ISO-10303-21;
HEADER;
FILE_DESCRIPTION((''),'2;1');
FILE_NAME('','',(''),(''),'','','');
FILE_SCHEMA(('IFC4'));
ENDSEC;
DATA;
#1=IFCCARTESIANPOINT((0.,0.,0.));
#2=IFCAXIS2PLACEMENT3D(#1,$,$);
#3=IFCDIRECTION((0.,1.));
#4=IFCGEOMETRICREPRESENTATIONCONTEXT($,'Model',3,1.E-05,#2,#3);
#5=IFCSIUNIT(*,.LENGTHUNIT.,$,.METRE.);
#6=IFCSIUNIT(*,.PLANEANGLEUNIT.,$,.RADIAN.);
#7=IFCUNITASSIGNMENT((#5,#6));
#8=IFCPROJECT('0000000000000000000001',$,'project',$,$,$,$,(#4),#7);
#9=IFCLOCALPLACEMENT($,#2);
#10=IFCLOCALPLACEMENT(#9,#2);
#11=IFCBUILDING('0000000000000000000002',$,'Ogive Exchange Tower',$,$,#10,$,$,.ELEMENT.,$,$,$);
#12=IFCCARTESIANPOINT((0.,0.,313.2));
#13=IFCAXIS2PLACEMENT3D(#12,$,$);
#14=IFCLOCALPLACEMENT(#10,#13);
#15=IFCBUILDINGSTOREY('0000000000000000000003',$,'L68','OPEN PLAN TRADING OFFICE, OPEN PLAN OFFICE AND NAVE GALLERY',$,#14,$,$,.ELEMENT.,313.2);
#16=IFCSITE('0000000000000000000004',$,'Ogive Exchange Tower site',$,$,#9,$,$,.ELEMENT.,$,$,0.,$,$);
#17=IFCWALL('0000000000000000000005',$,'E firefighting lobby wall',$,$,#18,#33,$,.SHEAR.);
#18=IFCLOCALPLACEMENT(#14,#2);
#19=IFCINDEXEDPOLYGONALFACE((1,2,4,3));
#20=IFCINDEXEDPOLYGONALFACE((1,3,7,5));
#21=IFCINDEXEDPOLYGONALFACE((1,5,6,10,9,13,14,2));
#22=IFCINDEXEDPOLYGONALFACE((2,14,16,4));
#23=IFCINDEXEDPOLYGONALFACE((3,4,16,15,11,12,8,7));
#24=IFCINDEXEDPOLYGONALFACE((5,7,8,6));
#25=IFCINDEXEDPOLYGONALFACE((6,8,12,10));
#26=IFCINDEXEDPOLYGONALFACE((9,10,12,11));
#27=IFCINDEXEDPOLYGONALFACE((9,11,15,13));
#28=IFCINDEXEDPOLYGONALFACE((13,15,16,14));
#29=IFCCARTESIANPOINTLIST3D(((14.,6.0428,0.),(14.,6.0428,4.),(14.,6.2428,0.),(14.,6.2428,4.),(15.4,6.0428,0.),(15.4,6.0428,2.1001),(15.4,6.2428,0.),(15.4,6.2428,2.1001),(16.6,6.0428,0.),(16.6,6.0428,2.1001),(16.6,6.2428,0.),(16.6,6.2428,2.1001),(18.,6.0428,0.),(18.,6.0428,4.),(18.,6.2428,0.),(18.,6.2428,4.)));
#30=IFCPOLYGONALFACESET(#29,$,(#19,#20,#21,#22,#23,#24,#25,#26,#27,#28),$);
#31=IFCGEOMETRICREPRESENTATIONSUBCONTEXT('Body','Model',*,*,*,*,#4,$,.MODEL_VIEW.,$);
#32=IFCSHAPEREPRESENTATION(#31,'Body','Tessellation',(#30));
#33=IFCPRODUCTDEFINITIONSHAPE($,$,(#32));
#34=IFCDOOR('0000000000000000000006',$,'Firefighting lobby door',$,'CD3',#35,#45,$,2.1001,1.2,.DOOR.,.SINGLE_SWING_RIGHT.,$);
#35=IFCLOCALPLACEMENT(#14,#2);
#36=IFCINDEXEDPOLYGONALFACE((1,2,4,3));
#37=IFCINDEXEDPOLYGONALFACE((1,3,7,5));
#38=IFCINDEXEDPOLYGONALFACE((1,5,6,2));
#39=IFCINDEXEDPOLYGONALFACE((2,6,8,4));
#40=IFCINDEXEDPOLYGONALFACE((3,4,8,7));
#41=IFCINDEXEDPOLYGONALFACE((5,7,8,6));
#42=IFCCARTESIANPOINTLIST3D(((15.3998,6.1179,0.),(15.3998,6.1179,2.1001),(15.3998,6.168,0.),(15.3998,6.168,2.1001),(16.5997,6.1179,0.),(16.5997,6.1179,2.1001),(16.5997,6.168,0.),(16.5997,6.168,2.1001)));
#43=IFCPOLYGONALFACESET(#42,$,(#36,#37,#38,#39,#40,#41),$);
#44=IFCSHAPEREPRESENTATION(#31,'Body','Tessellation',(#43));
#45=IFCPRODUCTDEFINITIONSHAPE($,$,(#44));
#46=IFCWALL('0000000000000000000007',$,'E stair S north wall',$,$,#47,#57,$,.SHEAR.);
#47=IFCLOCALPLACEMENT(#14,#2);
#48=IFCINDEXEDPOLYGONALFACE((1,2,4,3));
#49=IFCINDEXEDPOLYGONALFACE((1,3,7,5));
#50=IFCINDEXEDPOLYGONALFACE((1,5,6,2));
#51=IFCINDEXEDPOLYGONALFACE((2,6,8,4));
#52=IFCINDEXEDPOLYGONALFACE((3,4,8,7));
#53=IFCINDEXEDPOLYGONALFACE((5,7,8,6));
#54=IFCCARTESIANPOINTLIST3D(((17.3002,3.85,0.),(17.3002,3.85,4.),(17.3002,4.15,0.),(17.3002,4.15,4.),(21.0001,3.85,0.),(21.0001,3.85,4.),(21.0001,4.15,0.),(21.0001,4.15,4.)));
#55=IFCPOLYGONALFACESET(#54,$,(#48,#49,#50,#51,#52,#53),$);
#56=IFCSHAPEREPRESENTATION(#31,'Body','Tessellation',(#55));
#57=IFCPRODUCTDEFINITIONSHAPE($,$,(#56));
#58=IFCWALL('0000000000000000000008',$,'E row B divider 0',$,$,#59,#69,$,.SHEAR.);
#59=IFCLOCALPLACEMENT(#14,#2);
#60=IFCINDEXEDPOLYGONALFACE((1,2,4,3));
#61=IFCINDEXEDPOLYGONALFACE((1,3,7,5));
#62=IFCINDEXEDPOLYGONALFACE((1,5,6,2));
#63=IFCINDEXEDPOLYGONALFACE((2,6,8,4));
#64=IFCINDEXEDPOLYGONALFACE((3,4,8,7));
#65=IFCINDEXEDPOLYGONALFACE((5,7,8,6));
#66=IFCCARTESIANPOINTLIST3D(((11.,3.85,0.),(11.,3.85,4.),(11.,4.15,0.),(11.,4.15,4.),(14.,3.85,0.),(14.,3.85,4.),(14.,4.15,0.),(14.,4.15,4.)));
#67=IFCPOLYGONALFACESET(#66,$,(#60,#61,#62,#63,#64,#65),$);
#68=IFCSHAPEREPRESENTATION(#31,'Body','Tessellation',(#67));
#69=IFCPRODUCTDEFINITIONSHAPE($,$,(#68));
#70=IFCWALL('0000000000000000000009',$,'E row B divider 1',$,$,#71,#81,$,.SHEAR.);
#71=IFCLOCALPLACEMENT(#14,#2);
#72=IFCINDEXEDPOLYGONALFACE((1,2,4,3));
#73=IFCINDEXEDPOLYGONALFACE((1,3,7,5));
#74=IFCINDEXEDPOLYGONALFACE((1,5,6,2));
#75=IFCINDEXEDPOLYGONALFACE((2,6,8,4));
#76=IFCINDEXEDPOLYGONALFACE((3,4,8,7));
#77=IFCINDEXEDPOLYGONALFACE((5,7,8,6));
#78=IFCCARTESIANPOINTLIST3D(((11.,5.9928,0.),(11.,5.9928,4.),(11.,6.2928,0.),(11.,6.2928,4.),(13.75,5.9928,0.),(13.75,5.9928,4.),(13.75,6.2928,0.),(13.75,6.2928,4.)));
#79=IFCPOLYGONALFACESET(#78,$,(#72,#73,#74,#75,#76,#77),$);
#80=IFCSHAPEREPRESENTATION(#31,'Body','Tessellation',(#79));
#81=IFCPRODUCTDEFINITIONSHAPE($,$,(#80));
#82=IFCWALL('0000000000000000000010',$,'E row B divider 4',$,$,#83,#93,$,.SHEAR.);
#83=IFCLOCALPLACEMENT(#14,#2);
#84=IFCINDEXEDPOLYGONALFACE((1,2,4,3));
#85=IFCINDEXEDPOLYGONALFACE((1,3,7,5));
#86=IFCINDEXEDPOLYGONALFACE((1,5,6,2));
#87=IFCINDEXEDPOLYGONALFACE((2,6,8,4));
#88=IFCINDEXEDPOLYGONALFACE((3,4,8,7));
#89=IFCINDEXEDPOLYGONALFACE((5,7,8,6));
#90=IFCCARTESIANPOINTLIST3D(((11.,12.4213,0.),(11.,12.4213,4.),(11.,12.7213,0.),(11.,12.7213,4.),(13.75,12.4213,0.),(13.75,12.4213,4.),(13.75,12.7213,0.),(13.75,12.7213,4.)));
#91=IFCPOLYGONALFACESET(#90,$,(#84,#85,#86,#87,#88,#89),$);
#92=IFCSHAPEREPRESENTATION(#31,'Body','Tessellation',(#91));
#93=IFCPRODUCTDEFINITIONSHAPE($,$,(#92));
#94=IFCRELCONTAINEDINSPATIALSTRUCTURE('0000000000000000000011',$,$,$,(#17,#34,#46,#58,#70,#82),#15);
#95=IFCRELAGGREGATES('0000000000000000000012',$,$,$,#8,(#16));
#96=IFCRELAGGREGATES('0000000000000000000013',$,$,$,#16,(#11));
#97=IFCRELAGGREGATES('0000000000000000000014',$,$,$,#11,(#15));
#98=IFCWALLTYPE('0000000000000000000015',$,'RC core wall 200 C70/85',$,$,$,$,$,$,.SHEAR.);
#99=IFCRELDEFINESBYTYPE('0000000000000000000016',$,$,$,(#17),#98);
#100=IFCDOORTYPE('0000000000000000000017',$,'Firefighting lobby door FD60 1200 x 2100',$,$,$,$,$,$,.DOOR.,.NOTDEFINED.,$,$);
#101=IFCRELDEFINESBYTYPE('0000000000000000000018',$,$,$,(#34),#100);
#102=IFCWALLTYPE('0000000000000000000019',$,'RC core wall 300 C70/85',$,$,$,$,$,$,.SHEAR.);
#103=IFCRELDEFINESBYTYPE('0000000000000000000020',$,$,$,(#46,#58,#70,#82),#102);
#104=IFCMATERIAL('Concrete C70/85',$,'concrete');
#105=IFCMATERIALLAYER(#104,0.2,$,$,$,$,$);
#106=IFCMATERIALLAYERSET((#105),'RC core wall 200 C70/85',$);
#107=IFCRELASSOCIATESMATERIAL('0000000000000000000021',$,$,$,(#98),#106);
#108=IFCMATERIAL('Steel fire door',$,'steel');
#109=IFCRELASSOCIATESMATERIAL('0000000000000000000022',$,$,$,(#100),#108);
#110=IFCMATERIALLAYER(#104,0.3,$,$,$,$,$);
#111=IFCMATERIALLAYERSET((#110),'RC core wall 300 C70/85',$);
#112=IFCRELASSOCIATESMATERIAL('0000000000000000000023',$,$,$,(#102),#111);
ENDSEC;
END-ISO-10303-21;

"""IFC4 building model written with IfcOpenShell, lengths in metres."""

from ifc_helpers import new_model, si_unit, direction, frame, frame_2d, origin, place, context, subcontext, project, spatial, rectangle, extrude, material, layer, layer_set, type_object, element, fill, save


model = new_model("IFC4")

# Units and contexts
model_context = context("Model", 3, precision=1e-05, world=origin(), true_north=direction((0.0, 1.0)))
body_context = subcontext(model_context, "Body", "Model", "MODEL_VIEW")
ifc_project = project(units=[si_unit("LENGTHUNIT", "METRE"), si_unit("PLANEANGLEUNIT", "RADIAN")], contexts=[model_context])

# Site, building, storey
site_placement = place(None, origin())
site = spatial("IfcSite", under=ifc_project, at=site_placement, Name="Ogive Exchange Tower site", CompositionType="ELEMENT", RefElevation=0.0)
building_placement = place(site_placement, origin())
building = spatial("IfcBuilding", under=site, at=building_placement, Name="Ogive Exchange Tower", CompositionType="ELEMENT")
storey_placement = place(building_placement, frame((0.0, 0.0, 313.2)))
storey = spatial("IfcBuildingStorey", under=building, at=storey_placement, Name="L68", Description="OPEN PLAN TRADING OFFICE, OPEN PLAN OFFICE AND NAVE GALLERY", CompositionType="ELEMENT", Elevation=313.2)

# Wall, opening, door
ifc_material_1 = material(Name="Concrete C70/85", Category="concrete")
ifc_layer_1 = layer(ifc_material_1, 0.2)
ifc_layer_set_1 = layer_set([ifc_layer_1], Name="RC core wall 200 C70/85")
wall_type_1 = type_object("IfcWallType", Name="RC core wall 200 C70/85", PredefinedType="SHEAR", material=ifc_layer_set_1)
wall_1_placement = place(storey_placement, frame((14.0, 6.1428, 0.0), z_axis=(0.0, 0.0, 1.0), x_axis=(1.0, 0.0, 0.0)))
wall_1 = element("IfcWall", 1, at=wall_1_placement, inside=storey, type_object=wall_type_1, Name="E firefighting lobby wall", PredefinedType="SHEAR", context=body_context, shape_type="SweptSolid", body=[
    extrude(rectangle(XDim=4.0, YDim=0.2, at=frame_2d((2.0, 0.0))), origin(), (0.0, 0.0, 1.0), 4.0),
])
opening_placement = place(wall_1_placement, frame((1.3999, 0.0, 0.0)))
opening = element("IfcOpeningElement", 2, at=opening_placement, cuts=wall_1, PredefinedType="OPENING", context=body_context, shape_type="SweptSolid", body=[
    extrude(rectangle(XDim=1.2, YDim=2.1001, at=frame_2d((0.6001, 1.05))), frame((0.0, 0.1099, 0.0), z_axis=(0.0, -1.0, 0.0), x_axis=(1.0, 0.0, 0.0)), (0.0, 0.0, 1.0), 0.22),
])
ifc_material_2 = material(Name="Steel fire door", Category="steel")
door_type = type_object("IfcDoorType", Name="Firefighting lobby door FD60 1200 x 2100", OperationType="NOTDEFINED", PredefinedType="DOOR", material=ifc_material_2)
door_placement = place(opening_placement, frame((1.2, 0.0, 0.0), z_axis=(0.0, 0.0, 1.0), x_axis=(-1.0, 0.0, 0.0)))
door = element("IfcDoor", 3, at=door_placement, inside=storey, type_object=door_type, Name="Firefighting lobby door", ObjectType="CD3", OperationType="SINGLE_SWING_RIGHT", OverallHeight=2.1001, OverallWidth=1.2, PredefinedType="DOOR", context=body_context, shape_type="SweptSolid", body=[
    extrude(rectangle(XDim=1.2, YDim=2.1001, at=frame_2d((0.6001, 1.05))), frame((0.0, 0.0249, 0.0), z_axis=(0.0, -1.0, 0.0), x_axis=(1.0, 0.0, 0.0)), (0.0, 0.0, 1.0), 0.05),
])
fill(opening, door)

# Walls
ifc_layer_2 = layer(ifc_material_1, 0.3)
ifc_layer_set_2 = layer_set([ifc_layer_2], Name="RC core wall 300 C70/85")
wall_type_2 = type_object("IfcWallType", Name="RC core wall 300 C70/85", PredefinedType="SHEAR", material=ifc_layer_set_2)
wall_2_placement = place(storey_placement, frame((17.3, 4.0, 0.0), z_axis=(0.0, 0.0, 1.0), x_axis=(1.0, 0.0, 0.0)))
element("IfcWall", 4, at=wall_2_placement, inside=storey, type_object=wall_type_2, Name="E stair S north wall", PredefinedType="SHEAR", context=body_context, shape_type="SweptSolid", body=[
    extrude(rectangle(XDim=3.7, YDim=0.3, at=frame_2d((1.8501, 0.0))), origin(), (0.0, 0.0, 1.0), 4.0),
])
wall_3_placement = place(storey_placement, frame((11.0, 4.0, 0.0), z_axis=(0.0, 0.0, 1.0), x_axis=(1.0, 0.0, 0.0)))
element("IfcWall", 5, at=wall_3_placement, inside=storey, type_object=wall_type_2, Name="E row B divider 0", PredefinedType="SHEAR", context=body_context, shape_type="SweptSolid", body=[
    extrude(rectangle(XDim=3.0, YDim=0.3, at=frame_2d((1.5, 0.0))), origin(), (0.0, 0.0, 1.0), 4.0),
])
for number, where, z_axis, x_axis, name in (
    (6, (11.0, 6.1428, 0.0), (0.0, 0.0, 1.0), (1.0, 0.0, 0.0), "E row B divider 1"),
    (7, (11.0, 12.5713, 0.0), (0.0, 0.0, 1.0), (1.0, 0.0, 0.0), "E row B divider 4"),
):
    element("IfcWall", number, at=place(storey_placement, frame(where, z_axis=z_axis, x_axis=x_axis)), inside=storey, type_object=wall_type_2, Name=name, PredefinedType="SHEAR", context=body_context, shape_type="SweptSolid", body=[
        extrude(rectangle(XDim=2.75, YDim=0.3, at=frame_2d((1.375, 0.0))), origin(), (0.0, 0.0, 1.0), 4.0),
    ])

save(model, "model.ifc")
